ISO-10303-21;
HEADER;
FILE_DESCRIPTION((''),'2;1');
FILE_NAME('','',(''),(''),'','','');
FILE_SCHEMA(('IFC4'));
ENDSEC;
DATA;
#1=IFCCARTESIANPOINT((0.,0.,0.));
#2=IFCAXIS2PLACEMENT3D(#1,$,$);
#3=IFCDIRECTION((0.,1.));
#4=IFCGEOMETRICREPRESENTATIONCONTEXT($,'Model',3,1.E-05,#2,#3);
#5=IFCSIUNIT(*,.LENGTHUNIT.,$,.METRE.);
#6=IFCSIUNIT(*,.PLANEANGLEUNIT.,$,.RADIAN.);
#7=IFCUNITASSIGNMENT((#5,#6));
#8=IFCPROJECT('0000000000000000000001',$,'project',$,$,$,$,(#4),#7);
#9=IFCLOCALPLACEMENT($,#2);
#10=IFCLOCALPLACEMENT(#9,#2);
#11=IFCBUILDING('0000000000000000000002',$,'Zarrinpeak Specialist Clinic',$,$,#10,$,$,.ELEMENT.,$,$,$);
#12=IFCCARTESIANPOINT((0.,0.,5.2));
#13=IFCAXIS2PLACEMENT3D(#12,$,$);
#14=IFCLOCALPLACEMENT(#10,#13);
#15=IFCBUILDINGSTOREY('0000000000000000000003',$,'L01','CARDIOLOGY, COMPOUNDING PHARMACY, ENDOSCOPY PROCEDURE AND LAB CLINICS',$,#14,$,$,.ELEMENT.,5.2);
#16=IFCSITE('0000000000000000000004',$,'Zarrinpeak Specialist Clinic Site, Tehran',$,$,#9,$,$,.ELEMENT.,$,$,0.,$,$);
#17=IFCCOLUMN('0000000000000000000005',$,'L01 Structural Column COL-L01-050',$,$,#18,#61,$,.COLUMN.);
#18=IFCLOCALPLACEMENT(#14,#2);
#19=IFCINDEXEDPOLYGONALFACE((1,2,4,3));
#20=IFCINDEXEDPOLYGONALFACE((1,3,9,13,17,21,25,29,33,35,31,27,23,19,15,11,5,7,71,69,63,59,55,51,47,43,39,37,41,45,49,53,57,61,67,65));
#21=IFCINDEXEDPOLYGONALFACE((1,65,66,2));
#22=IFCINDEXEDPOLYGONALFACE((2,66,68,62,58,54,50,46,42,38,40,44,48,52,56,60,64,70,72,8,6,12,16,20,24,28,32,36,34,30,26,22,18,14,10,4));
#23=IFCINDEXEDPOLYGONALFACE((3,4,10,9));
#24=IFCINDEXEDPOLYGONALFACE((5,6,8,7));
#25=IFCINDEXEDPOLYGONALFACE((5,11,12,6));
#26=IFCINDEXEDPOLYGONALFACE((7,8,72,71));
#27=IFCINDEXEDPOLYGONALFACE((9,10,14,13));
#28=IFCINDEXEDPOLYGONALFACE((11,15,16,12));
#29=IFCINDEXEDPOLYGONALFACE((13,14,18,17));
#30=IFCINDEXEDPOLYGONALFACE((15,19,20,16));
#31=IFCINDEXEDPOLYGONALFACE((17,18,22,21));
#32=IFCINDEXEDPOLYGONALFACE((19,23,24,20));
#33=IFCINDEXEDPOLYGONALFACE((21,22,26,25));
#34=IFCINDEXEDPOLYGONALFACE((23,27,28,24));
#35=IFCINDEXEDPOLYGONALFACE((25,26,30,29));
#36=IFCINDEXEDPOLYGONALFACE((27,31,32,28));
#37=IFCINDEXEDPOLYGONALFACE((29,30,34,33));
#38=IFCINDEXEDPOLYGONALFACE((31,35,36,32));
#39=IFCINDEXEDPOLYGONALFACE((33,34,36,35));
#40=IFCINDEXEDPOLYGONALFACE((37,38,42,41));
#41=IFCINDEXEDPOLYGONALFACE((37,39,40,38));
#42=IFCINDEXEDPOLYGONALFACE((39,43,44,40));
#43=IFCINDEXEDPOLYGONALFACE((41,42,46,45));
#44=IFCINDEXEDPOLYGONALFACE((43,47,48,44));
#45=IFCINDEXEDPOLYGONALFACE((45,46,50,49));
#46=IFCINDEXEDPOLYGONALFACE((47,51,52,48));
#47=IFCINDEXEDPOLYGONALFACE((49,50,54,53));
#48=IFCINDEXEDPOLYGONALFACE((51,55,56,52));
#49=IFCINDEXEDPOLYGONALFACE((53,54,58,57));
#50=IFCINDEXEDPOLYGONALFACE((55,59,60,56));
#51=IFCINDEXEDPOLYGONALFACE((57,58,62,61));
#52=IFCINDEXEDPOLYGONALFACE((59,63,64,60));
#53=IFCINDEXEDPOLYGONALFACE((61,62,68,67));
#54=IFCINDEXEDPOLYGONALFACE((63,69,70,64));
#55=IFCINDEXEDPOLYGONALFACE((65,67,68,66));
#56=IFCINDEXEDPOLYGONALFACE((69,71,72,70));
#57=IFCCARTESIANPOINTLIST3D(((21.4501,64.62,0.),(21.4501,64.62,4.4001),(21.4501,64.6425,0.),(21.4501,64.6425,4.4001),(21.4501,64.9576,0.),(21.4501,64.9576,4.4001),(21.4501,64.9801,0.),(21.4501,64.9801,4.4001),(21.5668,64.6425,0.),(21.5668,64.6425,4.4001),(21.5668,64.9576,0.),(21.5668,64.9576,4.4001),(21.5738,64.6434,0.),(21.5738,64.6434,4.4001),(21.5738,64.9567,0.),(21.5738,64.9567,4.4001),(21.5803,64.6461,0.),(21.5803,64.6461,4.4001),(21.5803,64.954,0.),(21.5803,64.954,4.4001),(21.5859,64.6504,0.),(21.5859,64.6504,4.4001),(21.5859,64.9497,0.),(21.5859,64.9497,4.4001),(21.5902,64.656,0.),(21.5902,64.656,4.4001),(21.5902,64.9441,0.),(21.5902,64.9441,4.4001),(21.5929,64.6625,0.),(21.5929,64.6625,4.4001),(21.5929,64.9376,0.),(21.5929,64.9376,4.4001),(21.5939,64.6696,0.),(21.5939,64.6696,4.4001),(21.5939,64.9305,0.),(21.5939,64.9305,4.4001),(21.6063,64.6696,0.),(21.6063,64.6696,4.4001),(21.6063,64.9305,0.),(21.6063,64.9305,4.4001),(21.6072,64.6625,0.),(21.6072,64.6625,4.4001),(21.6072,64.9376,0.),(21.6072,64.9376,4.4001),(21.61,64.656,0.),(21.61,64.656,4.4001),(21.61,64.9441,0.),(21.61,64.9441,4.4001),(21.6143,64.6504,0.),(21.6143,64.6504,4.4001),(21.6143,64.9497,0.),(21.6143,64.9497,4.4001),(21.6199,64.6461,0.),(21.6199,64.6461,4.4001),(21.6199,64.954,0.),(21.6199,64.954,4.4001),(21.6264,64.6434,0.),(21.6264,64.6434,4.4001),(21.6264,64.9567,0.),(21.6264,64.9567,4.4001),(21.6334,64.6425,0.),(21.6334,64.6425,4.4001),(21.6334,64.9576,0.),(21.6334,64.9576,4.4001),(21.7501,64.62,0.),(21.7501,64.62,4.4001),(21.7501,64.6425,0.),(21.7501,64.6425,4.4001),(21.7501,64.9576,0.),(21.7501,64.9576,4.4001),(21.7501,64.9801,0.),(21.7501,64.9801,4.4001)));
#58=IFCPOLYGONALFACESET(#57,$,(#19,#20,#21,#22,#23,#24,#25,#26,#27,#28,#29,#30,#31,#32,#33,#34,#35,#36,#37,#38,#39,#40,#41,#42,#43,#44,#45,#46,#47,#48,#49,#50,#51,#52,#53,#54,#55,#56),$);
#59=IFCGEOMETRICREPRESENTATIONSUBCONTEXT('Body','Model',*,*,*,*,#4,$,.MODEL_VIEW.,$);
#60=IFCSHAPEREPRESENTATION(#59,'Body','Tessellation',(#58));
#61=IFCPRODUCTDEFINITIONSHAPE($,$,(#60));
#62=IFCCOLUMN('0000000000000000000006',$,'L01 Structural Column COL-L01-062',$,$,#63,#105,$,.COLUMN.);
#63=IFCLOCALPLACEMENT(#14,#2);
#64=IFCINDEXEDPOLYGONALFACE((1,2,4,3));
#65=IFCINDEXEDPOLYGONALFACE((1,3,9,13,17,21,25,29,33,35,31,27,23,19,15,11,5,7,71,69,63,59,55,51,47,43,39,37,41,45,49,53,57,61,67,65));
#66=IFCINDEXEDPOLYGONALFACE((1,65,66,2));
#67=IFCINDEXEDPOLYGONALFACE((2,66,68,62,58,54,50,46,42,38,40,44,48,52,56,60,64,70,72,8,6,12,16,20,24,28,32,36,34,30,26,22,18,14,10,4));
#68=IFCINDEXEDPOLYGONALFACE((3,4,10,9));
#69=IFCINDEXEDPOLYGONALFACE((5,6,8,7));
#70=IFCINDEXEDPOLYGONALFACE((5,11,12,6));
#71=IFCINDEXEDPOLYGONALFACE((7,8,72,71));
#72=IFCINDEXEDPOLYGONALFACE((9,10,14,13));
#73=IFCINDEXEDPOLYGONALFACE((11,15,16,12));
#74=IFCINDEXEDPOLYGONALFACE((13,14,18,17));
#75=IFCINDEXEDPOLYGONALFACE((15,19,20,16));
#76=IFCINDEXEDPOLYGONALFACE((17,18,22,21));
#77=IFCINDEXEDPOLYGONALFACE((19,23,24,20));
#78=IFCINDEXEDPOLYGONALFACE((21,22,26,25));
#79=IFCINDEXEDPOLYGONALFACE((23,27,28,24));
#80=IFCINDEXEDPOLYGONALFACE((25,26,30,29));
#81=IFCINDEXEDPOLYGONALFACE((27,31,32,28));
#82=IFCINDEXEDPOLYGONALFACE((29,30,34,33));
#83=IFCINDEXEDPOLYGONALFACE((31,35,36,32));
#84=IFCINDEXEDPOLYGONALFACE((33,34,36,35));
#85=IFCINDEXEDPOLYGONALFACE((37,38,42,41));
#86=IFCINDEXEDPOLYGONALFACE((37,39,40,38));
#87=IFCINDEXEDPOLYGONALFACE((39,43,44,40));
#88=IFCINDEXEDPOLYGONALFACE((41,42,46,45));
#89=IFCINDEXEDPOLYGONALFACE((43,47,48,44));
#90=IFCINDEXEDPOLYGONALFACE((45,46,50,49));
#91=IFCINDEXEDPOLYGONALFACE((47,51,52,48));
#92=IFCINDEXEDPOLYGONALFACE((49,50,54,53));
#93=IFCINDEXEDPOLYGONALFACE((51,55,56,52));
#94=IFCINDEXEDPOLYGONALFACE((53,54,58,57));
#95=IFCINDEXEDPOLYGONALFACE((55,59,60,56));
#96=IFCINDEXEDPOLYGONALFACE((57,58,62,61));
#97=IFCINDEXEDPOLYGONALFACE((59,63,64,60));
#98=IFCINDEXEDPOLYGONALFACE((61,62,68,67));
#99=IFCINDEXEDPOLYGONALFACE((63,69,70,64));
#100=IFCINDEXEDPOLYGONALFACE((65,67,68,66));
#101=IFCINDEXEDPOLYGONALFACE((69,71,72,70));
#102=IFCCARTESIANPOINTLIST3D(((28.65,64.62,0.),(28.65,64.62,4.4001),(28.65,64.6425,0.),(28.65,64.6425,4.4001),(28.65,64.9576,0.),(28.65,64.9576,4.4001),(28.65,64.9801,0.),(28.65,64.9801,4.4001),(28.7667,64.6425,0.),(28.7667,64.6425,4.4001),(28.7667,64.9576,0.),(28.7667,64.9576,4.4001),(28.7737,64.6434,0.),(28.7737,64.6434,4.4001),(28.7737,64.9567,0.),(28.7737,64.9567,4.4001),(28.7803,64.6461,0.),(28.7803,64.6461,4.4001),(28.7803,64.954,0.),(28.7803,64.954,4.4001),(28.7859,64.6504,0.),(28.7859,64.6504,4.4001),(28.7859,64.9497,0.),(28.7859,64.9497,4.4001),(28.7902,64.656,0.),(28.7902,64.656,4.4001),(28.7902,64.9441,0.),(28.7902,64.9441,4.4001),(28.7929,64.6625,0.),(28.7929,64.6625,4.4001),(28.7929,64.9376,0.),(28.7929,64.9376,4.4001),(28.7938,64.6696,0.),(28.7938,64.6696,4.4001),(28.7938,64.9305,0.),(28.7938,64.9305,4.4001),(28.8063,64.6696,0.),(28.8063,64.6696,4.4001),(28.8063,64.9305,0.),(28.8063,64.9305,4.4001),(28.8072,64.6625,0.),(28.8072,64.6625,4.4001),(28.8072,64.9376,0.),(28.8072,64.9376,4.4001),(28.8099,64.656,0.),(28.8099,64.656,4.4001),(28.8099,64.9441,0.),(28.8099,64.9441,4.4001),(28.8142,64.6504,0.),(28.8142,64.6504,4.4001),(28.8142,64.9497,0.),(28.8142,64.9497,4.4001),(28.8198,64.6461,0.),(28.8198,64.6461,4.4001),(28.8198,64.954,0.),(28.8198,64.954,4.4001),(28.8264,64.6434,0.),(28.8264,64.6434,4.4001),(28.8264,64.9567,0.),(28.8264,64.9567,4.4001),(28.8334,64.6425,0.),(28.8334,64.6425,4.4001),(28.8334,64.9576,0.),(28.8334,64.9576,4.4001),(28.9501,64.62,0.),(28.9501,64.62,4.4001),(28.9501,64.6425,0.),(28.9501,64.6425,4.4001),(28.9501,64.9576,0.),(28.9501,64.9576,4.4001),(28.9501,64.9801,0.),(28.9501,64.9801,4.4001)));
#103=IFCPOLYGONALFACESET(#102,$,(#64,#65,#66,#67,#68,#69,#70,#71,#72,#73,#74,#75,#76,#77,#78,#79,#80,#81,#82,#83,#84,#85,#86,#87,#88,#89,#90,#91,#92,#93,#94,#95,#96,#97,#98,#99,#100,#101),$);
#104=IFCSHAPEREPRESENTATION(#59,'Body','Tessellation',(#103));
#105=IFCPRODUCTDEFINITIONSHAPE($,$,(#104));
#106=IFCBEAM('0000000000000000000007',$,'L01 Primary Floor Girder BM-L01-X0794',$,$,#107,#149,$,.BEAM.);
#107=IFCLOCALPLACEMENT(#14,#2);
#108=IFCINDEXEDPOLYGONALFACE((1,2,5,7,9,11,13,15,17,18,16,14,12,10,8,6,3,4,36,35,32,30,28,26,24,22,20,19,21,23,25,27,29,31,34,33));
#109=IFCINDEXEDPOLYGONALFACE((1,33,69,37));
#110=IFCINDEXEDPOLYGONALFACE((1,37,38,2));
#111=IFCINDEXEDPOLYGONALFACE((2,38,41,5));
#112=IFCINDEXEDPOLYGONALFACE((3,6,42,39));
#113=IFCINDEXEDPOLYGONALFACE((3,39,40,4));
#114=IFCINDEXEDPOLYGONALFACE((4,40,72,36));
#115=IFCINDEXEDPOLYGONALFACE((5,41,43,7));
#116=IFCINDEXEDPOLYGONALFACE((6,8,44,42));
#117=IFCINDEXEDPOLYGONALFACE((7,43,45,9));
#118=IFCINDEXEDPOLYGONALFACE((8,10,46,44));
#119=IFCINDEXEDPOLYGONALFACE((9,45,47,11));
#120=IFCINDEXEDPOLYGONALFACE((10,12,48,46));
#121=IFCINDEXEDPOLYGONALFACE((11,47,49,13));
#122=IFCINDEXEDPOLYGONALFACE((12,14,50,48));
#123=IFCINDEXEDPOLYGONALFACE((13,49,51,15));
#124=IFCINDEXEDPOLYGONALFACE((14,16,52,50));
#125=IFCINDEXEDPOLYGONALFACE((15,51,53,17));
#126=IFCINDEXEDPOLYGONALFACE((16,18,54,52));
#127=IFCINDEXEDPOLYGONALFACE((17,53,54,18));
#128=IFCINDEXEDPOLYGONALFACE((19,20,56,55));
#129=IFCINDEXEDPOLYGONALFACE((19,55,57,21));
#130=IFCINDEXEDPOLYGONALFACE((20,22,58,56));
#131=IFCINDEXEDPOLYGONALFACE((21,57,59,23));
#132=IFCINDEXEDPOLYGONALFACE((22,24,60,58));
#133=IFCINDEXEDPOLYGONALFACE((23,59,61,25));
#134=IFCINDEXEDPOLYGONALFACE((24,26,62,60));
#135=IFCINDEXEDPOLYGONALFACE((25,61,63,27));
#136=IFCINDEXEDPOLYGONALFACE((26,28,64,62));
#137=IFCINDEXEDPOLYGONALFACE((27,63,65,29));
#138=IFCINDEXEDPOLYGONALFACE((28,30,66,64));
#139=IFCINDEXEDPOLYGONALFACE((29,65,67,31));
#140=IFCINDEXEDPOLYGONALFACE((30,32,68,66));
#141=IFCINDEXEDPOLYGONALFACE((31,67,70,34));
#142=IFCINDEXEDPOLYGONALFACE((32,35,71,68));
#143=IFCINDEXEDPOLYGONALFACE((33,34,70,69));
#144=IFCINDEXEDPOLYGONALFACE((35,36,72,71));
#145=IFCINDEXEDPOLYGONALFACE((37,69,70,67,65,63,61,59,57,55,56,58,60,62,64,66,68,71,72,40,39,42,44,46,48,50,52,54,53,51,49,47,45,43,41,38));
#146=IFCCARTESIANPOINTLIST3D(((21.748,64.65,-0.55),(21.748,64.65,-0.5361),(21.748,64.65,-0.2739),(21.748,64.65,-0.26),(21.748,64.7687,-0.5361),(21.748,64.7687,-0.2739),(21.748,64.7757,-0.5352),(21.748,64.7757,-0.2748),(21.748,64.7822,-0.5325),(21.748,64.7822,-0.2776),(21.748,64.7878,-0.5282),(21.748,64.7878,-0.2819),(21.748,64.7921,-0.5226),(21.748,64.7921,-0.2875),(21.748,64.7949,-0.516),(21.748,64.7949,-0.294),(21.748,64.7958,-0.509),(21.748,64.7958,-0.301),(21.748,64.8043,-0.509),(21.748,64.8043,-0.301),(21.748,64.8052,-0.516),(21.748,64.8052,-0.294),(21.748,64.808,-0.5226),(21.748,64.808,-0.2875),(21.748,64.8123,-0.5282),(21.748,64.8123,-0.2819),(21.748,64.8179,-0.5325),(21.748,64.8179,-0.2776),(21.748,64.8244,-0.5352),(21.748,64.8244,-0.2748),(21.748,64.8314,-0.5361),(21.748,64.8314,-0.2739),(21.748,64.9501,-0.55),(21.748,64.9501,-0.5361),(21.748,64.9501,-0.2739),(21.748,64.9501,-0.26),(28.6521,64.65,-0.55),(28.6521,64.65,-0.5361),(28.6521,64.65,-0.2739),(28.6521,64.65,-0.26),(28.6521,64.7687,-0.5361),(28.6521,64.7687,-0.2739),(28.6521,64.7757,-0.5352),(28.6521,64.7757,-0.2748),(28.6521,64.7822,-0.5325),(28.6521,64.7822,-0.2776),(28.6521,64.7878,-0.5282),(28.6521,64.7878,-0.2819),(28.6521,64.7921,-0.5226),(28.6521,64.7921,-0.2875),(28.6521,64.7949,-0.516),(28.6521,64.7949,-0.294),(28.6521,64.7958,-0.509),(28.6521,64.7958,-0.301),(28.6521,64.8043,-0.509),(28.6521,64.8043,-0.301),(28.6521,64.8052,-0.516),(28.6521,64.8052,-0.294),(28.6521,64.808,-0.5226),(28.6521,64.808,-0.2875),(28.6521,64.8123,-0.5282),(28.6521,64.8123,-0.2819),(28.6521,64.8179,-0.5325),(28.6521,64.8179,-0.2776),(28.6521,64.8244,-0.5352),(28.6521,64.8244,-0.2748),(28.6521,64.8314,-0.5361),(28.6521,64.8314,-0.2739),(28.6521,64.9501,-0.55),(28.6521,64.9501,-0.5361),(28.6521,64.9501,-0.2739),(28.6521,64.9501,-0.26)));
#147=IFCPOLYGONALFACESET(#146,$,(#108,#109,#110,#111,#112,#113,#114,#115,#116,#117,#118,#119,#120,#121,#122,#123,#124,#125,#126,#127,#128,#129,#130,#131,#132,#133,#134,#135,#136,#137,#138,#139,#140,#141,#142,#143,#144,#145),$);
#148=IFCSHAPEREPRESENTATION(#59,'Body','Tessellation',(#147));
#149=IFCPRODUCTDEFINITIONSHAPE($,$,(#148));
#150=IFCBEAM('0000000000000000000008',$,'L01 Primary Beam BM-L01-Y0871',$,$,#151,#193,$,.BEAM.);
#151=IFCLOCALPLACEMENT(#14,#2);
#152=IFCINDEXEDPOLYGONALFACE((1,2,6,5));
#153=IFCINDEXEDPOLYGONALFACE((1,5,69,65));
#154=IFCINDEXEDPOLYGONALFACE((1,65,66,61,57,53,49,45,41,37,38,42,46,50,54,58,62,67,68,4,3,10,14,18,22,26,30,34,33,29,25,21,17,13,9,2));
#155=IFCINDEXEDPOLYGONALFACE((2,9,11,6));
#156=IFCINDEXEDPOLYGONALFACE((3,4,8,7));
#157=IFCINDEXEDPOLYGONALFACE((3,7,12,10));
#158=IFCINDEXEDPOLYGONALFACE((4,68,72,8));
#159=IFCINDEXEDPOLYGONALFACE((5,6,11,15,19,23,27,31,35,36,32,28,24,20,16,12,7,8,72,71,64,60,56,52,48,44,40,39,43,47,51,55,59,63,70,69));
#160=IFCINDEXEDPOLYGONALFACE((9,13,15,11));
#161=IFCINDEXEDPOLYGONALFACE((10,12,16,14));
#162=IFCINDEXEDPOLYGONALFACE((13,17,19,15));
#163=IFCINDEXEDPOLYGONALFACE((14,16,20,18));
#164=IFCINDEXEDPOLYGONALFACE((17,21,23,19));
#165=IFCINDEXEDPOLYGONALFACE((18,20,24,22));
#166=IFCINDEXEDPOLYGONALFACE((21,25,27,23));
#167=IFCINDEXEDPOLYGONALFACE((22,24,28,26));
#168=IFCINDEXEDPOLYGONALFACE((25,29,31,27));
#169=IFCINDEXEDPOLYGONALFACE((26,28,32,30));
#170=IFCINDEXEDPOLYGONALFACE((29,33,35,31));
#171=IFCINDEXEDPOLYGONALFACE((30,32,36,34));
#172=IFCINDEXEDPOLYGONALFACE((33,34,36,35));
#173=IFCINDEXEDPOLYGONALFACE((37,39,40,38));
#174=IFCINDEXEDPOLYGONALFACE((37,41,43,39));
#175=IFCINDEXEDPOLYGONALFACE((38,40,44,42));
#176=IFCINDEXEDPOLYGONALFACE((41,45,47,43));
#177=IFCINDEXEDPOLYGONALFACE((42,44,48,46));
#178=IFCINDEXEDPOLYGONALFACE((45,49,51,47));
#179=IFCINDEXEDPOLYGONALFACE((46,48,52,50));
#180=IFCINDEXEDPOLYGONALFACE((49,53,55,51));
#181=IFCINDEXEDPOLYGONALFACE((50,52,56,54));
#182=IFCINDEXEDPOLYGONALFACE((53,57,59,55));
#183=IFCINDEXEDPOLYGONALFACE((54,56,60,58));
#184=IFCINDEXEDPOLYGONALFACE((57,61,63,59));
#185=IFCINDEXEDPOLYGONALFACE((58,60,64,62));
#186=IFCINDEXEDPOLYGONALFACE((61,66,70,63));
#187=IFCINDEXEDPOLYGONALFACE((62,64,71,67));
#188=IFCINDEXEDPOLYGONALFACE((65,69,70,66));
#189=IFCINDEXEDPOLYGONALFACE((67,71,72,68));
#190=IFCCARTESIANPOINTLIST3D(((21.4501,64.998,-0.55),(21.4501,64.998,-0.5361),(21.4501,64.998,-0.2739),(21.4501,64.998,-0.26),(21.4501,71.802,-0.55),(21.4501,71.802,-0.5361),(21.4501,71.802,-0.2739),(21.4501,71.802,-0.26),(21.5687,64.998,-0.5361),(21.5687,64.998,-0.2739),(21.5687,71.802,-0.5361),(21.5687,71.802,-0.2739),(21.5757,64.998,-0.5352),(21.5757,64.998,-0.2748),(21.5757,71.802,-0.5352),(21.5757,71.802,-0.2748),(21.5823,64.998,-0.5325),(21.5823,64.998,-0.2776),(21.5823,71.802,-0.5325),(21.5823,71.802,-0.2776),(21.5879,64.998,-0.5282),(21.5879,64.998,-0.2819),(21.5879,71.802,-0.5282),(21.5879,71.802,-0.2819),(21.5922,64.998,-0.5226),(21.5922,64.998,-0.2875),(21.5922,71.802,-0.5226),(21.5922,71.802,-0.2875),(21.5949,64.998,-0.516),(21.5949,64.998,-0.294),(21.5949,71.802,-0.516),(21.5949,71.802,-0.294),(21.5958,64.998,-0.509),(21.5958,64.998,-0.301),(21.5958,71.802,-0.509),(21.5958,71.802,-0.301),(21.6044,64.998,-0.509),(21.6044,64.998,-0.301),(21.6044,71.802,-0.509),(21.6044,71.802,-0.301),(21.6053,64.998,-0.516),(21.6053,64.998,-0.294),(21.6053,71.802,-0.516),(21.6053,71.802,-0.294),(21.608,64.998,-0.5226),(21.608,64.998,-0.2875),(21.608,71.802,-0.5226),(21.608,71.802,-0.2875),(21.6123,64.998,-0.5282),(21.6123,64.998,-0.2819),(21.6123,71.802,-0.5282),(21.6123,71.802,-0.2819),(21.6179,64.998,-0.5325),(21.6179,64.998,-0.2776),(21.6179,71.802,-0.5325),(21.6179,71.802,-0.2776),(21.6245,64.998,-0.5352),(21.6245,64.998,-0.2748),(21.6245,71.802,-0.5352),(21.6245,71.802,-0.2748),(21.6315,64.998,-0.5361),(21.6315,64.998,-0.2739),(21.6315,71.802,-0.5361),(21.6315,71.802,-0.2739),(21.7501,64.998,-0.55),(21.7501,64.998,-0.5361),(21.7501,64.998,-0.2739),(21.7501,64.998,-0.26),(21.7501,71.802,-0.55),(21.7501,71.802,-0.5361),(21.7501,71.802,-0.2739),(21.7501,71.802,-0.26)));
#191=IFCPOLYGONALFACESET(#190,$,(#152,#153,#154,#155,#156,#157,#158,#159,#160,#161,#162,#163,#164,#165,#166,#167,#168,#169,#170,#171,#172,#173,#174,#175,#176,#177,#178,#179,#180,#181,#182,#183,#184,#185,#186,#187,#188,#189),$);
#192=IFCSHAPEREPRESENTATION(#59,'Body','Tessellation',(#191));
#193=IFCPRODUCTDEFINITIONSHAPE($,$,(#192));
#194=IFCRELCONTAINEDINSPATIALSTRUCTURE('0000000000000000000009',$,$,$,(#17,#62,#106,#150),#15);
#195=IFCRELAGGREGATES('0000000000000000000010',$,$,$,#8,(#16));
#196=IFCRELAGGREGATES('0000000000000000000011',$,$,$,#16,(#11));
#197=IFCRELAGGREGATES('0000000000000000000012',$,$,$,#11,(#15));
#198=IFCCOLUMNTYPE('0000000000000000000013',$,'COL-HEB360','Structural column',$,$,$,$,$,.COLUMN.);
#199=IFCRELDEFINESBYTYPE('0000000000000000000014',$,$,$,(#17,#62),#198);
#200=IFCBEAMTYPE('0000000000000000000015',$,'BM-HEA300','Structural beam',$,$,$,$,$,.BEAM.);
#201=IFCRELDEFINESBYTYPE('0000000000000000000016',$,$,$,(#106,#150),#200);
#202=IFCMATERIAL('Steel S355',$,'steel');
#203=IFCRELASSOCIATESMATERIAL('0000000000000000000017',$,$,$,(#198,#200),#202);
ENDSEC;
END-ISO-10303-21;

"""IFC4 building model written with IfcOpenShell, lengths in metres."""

from ifc_helpers import new_model, si_unit, direction, frame, origin, origin_2d, place, context, subcontext, project, spatial, i_section, extrude, material, material_profile, profile_set, type_object, element, save


model = new_model("IFC4")

# Units and contexts
model_context = context("Model", 3, precision=1e-05, world=origin(), true_north=direction((0.0, 1.0)))
body_context = subcontext(model_context, "Body", "Model", "MODEL_VIEW")
ifc_project = project(units=[si_unit("LENGTHUNIT", "METRE"), si_unit("PLANEANGLEUNIT", "RADIAN")], contexts=[model_context])

# Site, building, storey
site_placement = place(None, origin())
site = spatial("IfcSite", under=ifc_project, at=site_placement, Name="Zarrinpeak Specialist Clinic Site, Tehran", CompositionType="ELEMENT", RefElevation=0.0)
building_placement = place(site_placement, origin())
building = spatial("IfcBuilding", under=site, at=building_placement, Name="Zarrinpeak Specialist Clinic", CompositionType="ELEMENT")
storey_placement = place(building_placement, frame((0.0, 0.0, 5.2)))
storey = spatial("IfcBuildingStorey", under=building, at=storey_placement, Name="L01", Description="CARDIOLOGY, COMPOUNDING PHARMACY, ENDOSCOPY PROCEDURE AND LAB CLINICS", CompositionType="ELEMENT", Elevation=5.2)

# Columns
ifc_material_1 = material(Name="Steel S355", Category="steel")
ifc_material_profile_1 = material_profile(ifc_material_1, i_section(OverallWidth=0.3, OverallDepth=0.3601, WebThickness=0.0125, FlangeThickness=0.0225, FilletRadius=0.0271, at=origin_2d()), Name="HEB 360")
ifc_profile_set_1 = profile_set([ifc_material_profile_1], Name="Steel S355")
column_type = type_object("IfcColumnType", Name="COL-HEB360", Description="Structural column", PredefinedType="COLUMN", material=ifc_profile_set_1)
for number, where, z_axis, x_axis, name in (
    (1, (21.6001, 64.8, 0.0), (0.0, 0.0, 1.0), (1.0, 0.0, 0.0), "L01 Structural Column COL-L01-050"),
    (2, (28.8, 64.8, 0.0), (0.0, 0.0, 1.0), (1.0, 0.0, 0.0), "L01 Structural Column COL-L01-062"),
):
    element("IfcColumn", number, at=place(storey_placement, frame(where, z_axis=z_axis, x_axis=x_axis)), inside=storey, type_object=column_type, Name=name, PredefinedType="COLUMN", context=body_context, shape_type="SweptSolid", body=[
        extrude(i_section(OverallWidth=0.3, OverallDepth=0.3601, WebThickness=0.0125, FlangeThickness=0.0225, FilletRadius=0.0271, at=origin_2d()), origin(), (0.0, 0.0, 1.0), 4.4001),
    ])

# Beams
ifc_material_profile_2 = material_profile(ifc_material_1, i_section(OverallWidth=0.3, OverallDepth=0.29, WebThickness=0.0085, FlangeThickness=0.0139, FilletRadius=0.0271, at=origin_2d()), Name="HEA 300")
ifc_profile_set_2 = profile_set([ifc_material_profile_2], Name="Steel S355")
beam_type_1 = type_object("IfcBeamType", Name="BM-HEA300", Description="Structural beam", PredefinedType="BEAM", material=ifc_profile_set_2)
beam_1_placement = place(storey_placement, frame((21.748, 64.8, -0.405), z_axis=(1.0, 0.0, 0.0), x_axis=(0.0, 1.0, 0.0)))
element("IfcBeam", 3, at=beam_1_placement, inside=storey, type_object=beam_type_1, Name="L01 Primary Floor Girder BM-L01-X0794", PredefinedType="BEAM", context=body_context, shape_type="SweptSolid", body=[
    extrude(i_section(OverallWidth=0.3, OverallDepth=0.29, WebThickness=0.0085, FlangeThickness=0.0139, FilletRadius=0.0271, at=origin_2d()), origin(), (0.0, 0.0, 1.0), 6.9041),
])
beam_2_placement = place(storey_placement, frame((21.6001, 64.998, -0.405), z_axis=(0.0, 1.0, 0.0), x_axis=(-1.0, 0.0, 0.0)))
element("IfcBeam", 4, at=beam_2_placement, inside=storey, type_object=beam_type_1, Name="L01 Primary Beam BM-L01-Y0871", PredefinedType="BEAM", context=body_context, shape_type="SweptSolid", body=[
    extrude(i_section(OverallWidth=0.3, OverallDepth=0.29, WebThickness=0.0085, FlangeThickness=0.0139, FilletRadius=0.0271, at=origin_2d()), origin(), (0.0, 0.0, 1.0), 6.804),
])

save(model, "model.ifc")
